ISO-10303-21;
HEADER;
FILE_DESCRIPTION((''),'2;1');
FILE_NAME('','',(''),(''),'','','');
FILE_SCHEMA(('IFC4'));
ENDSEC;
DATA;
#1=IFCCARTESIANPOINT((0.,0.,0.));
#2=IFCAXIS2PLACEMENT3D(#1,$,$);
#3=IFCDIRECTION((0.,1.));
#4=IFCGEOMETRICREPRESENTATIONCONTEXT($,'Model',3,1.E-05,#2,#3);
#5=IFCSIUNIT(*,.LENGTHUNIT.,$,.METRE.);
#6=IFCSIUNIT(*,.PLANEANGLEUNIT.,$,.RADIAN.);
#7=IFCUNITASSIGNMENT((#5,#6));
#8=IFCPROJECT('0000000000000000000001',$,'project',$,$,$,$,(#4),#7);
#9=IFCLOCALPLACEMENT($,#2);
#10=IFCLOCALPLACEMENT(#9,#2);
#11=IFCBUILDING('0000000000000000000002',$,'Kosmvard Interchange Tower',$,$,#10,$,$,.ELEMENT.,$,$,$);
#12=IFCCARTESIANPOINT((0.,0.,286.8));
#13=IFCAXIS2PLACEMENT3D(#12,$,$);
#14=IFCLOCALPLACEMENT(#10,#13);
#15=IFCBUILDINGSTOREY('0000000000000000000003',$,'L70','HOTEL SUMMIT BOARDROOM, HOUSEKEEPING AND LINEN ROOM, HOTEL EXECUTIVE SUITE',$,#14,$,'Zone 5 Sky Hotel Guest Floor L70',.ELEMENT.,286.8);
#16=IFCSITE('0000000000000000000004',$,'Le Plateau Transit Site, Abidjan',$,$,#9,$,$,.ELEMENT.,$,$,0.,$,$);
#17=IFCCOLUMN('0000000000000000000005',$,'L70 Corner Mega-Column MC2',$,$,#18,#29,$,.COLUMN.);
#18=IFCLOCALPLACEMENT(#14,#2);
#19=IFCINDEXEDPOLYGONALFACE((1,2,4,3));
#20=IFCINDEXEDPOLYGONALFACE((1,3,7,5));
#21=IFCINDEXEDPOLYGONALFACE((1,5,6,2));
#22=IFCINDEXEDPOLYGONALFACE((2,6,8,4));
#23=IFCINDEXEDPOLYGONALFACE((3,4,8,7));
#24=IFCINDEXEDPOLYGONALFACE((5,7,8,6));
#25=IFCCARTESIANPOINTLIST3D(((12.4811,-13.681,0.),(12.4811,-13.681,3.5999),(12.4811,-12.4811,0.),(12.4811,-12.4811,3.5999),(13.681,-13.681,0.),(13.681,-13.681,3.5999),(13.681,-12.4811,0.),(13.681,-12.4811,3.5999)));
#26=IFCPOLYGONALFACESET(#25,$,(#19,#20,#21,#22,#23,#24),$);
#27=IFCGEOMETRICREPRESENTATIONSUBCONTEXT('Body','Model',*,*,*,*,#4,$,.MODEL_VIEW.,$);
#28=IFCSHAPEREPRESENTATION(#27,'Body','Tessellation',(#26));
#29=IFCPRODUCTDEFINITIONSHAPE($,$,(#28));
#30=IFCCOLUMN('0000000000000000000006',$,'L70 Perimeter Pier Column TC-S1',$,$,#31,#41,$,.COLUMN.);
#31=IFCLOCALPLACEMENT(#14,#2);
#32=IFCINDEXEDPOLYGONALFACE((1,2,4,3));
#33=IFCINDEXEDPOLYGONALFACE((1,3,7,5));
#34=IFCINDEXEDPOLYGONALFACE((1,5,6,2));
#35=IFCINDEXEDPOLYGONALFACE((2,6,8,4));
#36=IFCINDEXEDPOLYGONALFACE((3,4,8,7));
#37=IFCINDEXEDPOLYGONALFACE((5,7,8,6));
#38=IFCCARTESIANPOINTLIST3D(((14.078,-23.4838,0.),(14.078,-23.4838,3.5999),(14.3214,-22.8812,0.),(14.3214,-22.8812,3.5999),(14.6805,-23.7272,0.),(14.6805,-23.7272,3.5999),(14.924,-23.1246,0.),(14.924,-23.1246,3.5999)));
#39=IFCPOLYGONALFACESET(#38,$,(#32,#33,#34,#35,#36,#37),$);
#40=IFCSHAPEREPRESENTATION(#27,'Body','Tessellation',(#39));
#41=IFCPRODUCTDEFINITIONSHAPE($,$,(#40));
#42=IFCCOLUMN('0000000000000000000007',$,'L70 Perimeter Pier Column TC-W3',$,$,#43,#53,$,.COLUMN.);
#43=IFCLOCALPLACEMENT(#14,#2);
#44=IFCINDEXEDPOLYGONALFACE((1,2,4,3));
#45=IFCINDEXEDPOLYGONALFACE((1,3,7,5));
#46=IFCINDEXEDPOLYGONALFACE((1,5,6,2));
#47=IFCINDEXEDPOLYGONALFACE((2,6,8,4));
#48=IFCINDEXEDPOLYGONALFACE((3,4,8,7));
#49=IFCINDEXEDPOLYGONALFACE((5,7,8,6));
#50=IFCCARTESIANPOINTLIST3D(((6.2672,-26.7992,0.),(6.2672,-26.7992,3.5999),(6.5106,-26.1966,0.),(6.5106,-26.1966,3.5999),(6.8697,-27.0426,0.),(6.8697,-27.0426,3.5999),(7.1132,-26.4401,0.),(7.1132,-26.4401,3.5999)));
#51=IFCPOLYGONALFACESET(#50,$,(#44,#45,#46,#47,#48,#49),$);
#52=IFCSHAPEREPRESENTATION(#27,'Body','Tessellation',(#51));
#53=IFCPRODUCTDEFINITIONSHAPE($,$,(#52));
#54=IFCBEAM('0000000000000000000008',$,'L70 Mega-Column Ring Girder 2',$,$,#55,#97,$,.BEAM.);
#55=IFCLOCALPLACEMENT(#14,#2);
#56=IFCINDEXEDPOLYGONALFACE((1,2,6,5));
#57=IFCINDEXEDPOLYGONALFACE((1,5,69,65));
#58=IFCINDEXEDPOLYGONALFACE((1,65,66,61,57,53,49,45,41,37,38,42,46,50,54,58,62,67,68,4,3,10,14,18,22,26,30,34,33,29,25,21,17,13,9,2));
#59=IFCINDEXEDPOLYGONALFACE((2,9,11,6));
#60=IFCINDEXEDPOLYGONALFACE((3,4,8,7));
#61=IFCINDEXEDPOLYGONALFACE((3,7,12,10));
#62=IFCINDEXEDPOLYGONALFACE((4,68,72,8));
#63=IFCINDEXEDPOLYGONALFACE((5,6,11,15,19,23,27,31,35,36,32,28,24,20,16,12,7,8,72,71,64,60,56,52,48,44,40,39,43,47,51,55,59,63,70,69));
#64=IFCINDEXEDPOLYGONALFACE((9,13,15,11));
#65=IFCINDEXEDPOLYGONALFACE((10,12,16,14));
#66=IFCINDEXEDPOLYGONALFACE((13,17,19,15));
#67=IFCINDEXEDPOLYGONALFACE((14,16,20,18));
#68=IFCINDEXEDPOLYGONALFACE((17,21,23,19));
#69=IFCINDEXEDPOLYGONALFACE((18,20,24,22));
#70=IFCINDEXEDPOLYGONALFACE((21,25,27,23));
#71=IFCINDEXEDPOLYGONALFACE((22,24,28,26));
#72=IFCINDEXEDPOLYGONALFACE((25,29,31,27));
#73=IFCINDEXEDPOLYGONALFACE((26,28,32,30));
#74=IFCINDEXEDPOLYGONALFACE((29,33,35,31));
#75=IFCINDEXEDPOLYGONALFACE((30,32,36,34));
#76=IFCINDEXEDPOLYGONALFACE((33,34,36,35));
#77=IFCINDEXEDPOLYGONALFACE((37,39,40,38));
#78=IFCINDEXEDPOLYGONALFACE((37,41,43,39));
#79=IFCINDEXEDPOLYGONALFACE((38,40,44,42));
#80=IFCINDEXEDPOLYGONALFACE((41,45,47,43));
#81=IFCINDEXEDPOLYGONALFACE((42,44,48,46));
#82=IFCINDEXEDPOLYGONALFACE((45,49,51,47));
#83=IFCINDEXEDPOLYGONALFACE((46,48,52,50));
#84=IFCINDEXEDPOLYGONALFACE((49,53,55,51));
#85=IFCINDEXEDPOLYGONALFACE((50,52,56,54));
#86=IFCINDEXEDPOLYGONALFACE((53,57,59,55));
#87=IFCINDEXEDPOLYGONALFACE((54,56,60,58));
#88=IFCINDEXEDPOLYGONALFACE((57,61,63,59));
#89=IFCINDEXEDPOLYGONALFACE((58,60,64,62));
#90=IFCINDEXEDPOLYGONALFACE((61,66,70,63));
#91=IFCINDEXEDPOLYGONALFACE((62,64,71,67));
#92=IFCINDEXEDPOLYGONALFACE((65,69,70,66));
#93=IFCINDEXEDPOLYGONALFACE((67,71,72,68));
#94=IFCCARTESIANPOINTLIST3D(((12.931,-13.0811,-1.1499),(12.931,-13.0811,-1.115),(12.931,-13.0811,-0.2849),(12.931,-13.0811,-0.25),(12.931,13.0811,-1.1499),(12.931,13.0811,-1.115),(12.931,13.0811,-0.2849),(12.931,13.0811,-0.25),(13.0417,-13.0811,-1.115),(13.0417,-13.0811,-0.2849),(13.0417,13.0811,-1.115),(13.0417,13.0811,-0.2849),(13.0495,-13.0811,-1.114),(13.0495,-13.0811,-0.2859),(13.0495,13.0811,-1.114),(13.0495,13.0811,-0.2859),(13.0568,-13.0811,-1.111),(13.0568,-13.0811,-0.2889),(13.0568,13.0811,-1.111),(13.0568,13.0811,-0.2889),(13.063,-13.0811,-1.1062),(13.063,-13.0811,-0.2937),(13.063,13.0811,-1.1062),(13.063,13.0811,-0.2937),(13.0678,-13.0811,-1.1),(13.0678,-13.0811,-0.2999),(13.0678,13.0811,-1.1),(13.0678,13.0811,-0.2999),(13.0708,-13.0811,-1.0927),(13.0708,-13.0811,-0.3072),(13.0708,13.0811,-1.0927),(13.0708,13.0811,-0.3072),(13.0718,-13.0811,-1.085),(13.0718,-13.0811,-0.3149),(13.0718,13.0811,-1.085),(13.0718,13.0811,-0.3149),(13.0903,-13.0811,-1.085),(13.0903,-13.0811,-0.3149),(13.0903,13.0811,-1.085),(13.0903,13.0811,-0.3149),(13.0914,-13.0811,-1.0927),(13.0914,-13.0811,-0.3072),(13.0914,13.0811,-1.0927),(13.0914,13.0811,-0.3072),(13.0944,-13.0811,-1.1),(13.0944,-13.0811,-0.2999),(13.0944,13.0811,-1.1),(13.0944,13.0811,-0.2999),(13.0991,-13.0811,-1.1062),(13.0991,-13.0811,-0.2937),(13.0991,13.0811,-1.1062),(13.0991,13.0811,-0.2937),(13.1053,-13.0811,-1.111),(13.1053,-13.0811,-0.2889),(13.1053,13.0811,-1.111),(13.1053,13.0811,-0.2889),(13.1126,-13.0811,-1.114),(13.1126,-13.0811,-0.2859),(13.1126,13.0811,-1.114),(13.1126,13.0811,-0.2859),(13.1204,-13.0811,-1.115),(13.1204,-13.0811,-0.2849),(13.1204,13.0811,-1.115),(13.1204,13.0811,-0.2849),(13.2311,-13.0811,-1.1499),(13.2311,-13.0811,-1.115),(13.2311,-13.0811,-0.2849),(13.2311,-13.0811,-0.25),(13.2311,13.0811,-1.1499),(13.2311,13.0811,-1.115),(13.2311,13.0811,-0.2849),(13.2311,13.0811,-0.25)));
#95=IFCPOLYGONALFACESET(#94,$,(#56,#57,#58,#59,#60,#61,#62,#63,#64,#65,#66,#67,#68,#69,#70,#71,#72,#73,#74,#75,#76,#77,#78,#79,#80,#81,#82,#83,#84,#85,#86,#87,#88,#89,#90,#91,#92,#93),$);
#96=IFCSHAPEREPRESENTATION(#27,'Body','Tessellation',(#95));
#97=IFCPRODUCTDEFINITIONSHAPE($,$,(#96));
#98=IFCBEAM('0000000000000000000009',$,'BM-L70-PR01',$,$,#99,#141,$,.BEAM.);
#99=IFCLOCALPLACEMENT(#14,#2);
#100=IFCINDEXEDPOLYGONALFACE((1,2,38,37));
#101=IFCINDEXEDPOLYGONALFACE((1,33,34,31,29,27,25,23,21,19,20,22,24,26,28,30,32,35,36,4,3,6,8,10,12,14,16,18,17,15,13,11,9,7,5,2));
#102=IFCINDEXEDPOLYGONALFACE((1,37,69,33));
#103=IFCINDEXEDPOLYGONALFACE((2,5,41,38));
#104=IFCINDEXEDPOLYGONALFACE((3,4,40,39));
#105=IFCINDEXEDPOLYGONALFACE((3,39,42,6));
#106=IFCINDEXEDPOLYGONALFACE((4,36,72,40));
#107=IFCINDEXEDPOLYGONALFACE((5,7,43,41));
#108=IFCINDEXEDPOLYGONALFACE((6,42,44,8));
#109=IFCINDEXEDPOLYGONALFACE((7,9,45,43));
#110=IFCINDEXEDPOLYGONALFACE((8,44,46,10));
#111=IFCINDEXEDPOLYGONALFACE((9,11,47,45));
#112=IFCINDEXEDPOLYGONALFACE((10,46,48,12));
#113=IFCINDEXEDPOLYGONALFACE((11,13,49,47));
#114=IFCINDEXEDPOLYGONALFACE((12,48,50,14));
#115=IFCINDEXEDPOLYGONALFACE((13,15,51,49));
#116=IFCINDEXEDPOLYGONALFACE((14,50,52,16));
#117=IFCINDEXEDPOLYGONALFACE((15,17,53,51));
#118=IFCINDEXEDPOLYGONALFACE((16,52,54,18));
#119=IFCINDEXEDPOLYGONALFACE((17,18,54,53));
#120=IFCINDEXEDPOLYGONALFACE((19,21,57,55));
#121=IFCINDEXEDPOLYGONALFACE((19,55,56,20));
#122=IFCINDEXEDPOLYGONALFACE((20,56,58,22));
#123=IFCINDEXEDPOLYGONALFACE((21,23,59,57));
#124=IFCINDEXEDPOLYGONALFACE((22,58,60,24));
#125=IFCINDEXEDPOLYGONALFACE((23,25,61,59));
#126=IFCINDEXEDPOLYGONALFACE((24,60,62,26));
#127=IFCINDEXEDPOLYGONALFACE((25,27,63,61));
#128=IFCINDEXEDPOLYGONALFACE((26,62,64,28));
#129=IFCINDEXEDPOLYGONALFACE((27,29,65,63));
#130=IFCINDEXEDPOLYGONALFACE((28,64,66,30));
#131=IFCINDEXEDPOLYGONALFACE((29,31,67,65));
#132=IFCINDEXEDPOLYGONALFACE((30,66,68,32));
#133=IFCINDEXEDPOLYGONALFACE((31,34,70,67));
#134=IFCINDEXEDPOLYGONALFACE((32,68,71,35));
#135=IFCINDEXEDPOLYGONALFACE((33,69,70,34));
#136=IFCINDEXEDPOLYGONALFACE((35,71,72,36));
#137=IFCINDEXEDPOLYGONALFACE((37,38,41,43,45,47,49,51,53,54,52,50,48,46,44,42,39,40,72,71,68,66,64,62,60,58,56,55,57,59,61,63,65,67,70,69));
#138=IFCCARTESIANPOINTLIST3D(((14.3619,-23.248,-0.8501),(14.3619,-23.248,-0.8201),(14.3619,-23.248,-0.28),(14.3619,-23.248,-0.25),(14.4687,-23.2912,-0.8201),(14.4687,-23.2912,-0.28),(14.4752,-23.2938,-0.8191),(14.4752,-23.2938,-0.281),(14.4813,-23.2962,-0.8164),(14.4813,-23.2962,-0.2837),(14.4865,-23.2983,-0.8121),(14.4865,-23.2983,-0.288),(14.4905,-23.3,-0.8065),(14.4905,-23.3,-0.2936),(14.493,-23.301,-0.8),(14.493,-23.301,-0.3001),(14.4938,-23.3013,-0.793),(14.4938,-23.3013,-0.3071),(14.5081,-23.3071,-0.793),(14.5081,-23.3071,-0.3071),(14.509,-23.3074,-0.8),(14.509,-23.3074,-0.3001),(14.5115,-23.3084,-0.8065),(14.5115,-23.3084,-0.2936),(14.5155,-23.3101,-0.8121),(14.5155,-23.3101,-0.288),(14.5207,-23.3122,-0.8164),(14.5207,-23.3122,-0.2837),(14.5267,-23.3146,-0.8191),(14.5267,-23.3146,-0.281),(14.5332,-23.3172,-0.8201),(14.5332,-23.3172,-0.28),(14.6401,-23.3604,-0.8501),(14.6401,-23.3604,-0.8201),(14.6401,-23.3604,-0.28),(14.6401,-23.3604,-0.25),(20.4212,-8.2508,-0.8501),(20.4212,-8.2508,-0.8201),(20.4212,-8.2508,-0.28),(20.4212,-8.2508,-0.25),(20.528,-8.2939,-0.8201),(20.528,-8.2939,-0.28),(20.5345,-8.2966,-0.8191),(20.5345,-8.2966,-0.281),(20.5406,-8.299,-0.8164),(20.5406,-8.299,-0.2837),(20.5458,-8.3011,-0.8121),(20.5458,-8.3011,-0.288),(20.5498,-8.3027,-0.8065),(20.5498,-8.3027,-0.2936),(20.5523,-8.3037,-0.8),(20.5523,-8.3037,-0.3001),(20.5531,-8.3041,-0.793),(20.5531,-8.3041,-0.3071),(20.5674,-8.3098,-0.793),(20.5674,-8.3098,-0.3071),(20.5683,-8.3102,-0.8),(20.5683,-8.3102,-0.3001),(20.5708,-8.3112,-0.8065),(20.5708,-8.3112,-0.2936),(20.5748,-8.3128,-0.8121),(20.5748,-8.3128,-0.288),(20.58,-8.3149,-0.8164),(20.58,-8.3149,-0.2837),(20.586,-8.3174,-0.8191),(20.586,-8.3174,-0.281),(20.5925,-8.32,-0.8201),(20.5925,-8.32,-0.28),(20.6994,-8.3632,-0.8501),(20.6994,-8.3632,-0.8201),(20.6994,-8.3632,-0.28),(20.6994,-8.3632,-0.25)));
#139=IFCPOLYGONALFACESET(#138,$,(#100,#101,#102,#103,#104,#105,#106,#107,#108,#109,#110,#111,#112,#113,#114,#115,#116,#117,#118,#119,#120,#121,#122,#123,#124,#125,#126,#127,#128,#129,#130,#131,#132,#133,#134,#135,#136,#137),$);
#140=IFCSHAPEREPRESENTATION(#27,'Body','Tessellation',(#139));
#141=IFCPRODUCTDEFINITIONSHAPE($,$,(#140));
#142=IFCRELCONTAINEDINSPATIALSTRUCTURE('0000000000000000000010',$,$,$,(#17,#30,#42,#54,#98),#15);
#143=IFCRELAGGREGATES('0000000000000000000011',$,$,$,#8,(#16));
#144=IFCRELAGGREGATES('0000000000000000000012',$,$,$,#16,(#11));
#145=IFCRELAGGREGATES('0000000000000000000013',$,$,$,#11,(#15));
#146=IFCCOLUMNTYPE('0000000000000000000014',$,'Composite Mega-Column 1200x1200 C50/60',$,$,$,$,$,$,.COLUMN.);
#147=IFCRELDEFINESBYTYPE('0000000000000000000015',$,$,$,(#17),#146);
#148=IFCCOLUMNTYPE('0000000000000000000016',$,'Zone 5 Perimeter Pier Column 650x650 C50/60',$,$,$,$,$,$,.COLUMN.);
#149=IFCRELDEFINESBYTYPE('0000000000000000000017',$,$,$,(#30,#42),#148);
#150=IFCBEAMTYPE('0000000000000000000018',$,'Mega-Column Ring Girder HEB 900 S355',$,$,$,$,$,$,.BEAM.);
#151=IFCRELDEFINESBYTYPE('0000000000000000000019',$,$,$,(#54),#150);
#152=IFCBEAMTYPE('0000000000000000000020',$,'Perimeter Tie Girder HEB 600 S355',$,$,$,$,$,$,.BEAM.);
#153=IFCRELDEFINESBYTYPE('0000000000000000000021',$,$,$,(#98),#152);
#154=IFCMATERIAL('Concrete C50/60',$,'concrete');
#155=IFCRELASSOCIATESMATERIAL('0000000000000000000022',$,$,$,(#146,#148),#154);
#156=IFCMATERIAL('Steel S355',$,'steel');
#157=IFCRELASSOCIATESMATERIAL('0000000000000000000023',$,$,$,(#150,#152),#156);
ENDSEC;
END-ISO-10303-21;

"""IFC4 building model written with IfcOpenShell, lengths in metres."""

from ifc_helpers import new_model, si_unit, direction, frame, origin, origin_2d, place, context, subcontext, project, spatial, rectangle, i_section, extrude, source, transform, mapped, material, material_profile, profile_set, type_object, element, save


model = new_model("IFC4")

# Units and contexts
model_context = context("Model", 3, precision=1e-05, world=origin(), true_north=direction((0.0, 1.0)))
body_context = subcontext(model_context, "Body", "Model", "MODEL_VIEW")
ifc_project = project(units=[si_unit("LENGTHUNIT", "METRE"), si_unit("PLANEANGLEUNIT", "RADIAN")], contexts=[model_context])

# Site, building, storey
site_placement = place(None, origin())
site = spatial("IfcSite", under=ifc_project, at=site_placement, Name="Le Plateau Transit Site, Abidjan", CompositionType="ELEMENT", RefElevation=0.0)
building_placement = place(site_placement, origin())
building = spatial("IfcBuilding", under=site, at=building_placement, Name="Kosmvard Interchange Tower", CompositionType="ELEMENT")
storey_placement = place(building_placement, frame((0.0, 0.0, 286.8)))
storey = spatial("IfcBuildingStorey", under=building, at=storey_placement, Name="L70", Description="HOTEL SUMMIT BOARDROOM, HOUSEKEEPING AND LINEN ROOM, HOTEL EXECUTIVE SUITE", LongName="Zone 5 Sky Hotel Guest Floor L70", CompositionType="ELEMENT", Elevation=286.8)

# Columns
ifc_material_1 = material(Name="Concrete C50/60", Category="concrete")
ifc_material_profile_1 = material_profile(ifc_material_1, rectangle(XDim=1.2, YDim=1.2, at=origin_2d()), Name="MC 1200x1200")
ifc_profile_set_1 = profile_set([ifc_material_profile_1], Name="Concrete C50/60")
column_type_1 = type_object("IfcColumnType", Name="Composite Mega-Column 1200x1200 C50/60", PredefinedType="COLUMN", material=ifc_profile_set_1)
shared_shape_1 = source(origin(), body_context, "Body", "SweptSolid", [
    extrude(rectangle(XDim=1.2, YDim=1.2, at=origin_2d()), origin(), (0.0, 0.0, 1.0), 3.5999),
])
column_placement = place(storey_placement, frame((13.0811, -13.0811, 0.0), z_axis=(0.0, 0.0, 1.0), x_axis=(1.0, 0.0, 0.0)))
element("IfcColumn", 1, at=column_placement, inside=storey, type_object=column_type_1, Name="L70 Corner Mega-Column MC2", PredefinedType="COLUMN", context=body_context, shape_type="MappedRepresentation", body=[
    mapped(shared_shape_1, transform((0.0, 0.0, 0.0), scale=1.0)),
])
ifc_material_profile_2 = material_profile(ifc_material_1, rectangle(XDim=0.6499, YDim=0.6499, at=origin_2d()), Name="TC 650x650")
ifc_profile_set_2 = profile_set([ifc_material_profile_2], Name="Concrete C50/60")
column_type_2 = type_object("IfcColumnType", Name="Zone 5 Perimeter Pier Column 650x650 C50/60", PredefinedType="COLUMN", material=ifc_profile_set_2)
shared_shape_2 = source(origin(), body_context, "Body", "SweptSolid", [
    extrude(rectangle(XDim=0.6499, YDim=0.6499, at=origin_2d()), origin(), (0.0, 0.0, 1.0), 3.5999),
])
for number, where, z_axis, x_axis, name in (
    (2, (14.501, -23.3042, 0.0), (0.0, 0.0, 1.0), (0.374607, 0.927184, 0.0), "L70 Perimeter Pier Column TC-S1"),
    (3, (6.6902, -26.6196, 0.0), (0.0, 0.0, 1.0), (0.374607, 0.927184, 0.0), "L70 Perimeter Pier Column TC-W3"),
):
    element("IfcColumn", number, at=place(storey_placement, frame(where, z_axis=z_axis, x_axis=x_axis)), inside=storey, type_object=column_type_2, Name=name, PredefinedType="COLUMN", context=body_context, shape_type="MappedRepresentation", body=[
        mapped(shared_shape_2, transform((0.0, 0.0, 0.0), scale=1.0)),
    ])

# Beams
ifc_material_2 = material(Name="Steel S355", Category="steel")
ifc_material_profile_3 = material_profile(ifc_material_2, i_section(OverallWidth=0.3, OverallDepth=0.8999, WebThickness=0.0186, FlangeThickness=0.0349, FilletRadius=0.03, at=origin_2d()), Name="HEB 900")
ifc_profile_set_3 = profile_set([ifc_material_profile_3], Name="Steel S355")
beam_type_1 = type_object("IfcBeamType", Name="Mega-Column Ring Girder HEB 900 S355", PredefinedType="BEAM", material=ifc_profile_set_3)
shared_shape_3 = source(origin(), body_context, "Body", "SweptSolid", [
    extrude(i_section(OverallWidth=0.3, OverallDepth=0.8999, WebThickness=0.0186, FlangeThickness=0.0349, FilletRadius=0.03, at=origin_2d()), origin(), (0.0, 0.0, 1.0), 26.1621),
])
beam_1_placement = place(storey_placement, frame((13.0811, -13.0811, -0.7), z_axis=(0.0, 1.0, 0.0), x_axis=(-1.0, 0.0, 0.0)))
element("IfcBeam", 4, at=beam_1_placement, inside=storey, type_object=beam_type_1, Name="L70 Mega-Column Ring Girder 2", PredefinedType="BEAM", context=body_context, shape_type="MappedRepresentation", body=[
    mapped(shared_shape_3, transform((0.0, 0.0, 0.0), scale=1.0)),
])
ifc_material_profile_4 = material_profile(ifc_material_2, i_section(OverallWidth=0.3, OverallDepth=0.6001, WebThickness=0.0154, FlangeThickness=0.03, FilletRadius=0.0271, at=origin_2d()), Name="HEB 600")
ifc_profile_set_4 = profile_set([ifc_material_profile_4], Name="Steel S355")
beam_type_2 = type_object("IfcBeamType", Name="Perimeter Tie Girder HEB 600 S355", PredefinedType="BEAM", material=ifc_profile_set_4)
shared_shape_4 = source(origin(), body_context, "Body", "SweptSolid", [
    extrude(i_section(OverallWidth=0.3, OverallDepth=0.6001, WebThickness=0.0154, FlangeThickness=0.03, FilletRadius=0.0271, at=origin_2d()), origin(), (0.0, 0.0, 1.0), 16.175),
])
beam_2_placement = place(storey_placement, frame((14.501, -23.3042, -0.55), z_axis=(0.374608, 0.927183, 0.0), x_axis=(-0.927183, 0.374608, 0.0)))
element("IfcBeam", 5, at=beam_2_placement, inside=storey, type_object=beam_type_2, Name="BM-L70-PR01", PredefinedType="BEAM", context=body_context, shape_type="MappedRepresentation", body=[
    mapped(shared_shape_4, transform((0.0, 0.0, 0.0), scale=1.0)),
])

save(model, "model.ifc")
